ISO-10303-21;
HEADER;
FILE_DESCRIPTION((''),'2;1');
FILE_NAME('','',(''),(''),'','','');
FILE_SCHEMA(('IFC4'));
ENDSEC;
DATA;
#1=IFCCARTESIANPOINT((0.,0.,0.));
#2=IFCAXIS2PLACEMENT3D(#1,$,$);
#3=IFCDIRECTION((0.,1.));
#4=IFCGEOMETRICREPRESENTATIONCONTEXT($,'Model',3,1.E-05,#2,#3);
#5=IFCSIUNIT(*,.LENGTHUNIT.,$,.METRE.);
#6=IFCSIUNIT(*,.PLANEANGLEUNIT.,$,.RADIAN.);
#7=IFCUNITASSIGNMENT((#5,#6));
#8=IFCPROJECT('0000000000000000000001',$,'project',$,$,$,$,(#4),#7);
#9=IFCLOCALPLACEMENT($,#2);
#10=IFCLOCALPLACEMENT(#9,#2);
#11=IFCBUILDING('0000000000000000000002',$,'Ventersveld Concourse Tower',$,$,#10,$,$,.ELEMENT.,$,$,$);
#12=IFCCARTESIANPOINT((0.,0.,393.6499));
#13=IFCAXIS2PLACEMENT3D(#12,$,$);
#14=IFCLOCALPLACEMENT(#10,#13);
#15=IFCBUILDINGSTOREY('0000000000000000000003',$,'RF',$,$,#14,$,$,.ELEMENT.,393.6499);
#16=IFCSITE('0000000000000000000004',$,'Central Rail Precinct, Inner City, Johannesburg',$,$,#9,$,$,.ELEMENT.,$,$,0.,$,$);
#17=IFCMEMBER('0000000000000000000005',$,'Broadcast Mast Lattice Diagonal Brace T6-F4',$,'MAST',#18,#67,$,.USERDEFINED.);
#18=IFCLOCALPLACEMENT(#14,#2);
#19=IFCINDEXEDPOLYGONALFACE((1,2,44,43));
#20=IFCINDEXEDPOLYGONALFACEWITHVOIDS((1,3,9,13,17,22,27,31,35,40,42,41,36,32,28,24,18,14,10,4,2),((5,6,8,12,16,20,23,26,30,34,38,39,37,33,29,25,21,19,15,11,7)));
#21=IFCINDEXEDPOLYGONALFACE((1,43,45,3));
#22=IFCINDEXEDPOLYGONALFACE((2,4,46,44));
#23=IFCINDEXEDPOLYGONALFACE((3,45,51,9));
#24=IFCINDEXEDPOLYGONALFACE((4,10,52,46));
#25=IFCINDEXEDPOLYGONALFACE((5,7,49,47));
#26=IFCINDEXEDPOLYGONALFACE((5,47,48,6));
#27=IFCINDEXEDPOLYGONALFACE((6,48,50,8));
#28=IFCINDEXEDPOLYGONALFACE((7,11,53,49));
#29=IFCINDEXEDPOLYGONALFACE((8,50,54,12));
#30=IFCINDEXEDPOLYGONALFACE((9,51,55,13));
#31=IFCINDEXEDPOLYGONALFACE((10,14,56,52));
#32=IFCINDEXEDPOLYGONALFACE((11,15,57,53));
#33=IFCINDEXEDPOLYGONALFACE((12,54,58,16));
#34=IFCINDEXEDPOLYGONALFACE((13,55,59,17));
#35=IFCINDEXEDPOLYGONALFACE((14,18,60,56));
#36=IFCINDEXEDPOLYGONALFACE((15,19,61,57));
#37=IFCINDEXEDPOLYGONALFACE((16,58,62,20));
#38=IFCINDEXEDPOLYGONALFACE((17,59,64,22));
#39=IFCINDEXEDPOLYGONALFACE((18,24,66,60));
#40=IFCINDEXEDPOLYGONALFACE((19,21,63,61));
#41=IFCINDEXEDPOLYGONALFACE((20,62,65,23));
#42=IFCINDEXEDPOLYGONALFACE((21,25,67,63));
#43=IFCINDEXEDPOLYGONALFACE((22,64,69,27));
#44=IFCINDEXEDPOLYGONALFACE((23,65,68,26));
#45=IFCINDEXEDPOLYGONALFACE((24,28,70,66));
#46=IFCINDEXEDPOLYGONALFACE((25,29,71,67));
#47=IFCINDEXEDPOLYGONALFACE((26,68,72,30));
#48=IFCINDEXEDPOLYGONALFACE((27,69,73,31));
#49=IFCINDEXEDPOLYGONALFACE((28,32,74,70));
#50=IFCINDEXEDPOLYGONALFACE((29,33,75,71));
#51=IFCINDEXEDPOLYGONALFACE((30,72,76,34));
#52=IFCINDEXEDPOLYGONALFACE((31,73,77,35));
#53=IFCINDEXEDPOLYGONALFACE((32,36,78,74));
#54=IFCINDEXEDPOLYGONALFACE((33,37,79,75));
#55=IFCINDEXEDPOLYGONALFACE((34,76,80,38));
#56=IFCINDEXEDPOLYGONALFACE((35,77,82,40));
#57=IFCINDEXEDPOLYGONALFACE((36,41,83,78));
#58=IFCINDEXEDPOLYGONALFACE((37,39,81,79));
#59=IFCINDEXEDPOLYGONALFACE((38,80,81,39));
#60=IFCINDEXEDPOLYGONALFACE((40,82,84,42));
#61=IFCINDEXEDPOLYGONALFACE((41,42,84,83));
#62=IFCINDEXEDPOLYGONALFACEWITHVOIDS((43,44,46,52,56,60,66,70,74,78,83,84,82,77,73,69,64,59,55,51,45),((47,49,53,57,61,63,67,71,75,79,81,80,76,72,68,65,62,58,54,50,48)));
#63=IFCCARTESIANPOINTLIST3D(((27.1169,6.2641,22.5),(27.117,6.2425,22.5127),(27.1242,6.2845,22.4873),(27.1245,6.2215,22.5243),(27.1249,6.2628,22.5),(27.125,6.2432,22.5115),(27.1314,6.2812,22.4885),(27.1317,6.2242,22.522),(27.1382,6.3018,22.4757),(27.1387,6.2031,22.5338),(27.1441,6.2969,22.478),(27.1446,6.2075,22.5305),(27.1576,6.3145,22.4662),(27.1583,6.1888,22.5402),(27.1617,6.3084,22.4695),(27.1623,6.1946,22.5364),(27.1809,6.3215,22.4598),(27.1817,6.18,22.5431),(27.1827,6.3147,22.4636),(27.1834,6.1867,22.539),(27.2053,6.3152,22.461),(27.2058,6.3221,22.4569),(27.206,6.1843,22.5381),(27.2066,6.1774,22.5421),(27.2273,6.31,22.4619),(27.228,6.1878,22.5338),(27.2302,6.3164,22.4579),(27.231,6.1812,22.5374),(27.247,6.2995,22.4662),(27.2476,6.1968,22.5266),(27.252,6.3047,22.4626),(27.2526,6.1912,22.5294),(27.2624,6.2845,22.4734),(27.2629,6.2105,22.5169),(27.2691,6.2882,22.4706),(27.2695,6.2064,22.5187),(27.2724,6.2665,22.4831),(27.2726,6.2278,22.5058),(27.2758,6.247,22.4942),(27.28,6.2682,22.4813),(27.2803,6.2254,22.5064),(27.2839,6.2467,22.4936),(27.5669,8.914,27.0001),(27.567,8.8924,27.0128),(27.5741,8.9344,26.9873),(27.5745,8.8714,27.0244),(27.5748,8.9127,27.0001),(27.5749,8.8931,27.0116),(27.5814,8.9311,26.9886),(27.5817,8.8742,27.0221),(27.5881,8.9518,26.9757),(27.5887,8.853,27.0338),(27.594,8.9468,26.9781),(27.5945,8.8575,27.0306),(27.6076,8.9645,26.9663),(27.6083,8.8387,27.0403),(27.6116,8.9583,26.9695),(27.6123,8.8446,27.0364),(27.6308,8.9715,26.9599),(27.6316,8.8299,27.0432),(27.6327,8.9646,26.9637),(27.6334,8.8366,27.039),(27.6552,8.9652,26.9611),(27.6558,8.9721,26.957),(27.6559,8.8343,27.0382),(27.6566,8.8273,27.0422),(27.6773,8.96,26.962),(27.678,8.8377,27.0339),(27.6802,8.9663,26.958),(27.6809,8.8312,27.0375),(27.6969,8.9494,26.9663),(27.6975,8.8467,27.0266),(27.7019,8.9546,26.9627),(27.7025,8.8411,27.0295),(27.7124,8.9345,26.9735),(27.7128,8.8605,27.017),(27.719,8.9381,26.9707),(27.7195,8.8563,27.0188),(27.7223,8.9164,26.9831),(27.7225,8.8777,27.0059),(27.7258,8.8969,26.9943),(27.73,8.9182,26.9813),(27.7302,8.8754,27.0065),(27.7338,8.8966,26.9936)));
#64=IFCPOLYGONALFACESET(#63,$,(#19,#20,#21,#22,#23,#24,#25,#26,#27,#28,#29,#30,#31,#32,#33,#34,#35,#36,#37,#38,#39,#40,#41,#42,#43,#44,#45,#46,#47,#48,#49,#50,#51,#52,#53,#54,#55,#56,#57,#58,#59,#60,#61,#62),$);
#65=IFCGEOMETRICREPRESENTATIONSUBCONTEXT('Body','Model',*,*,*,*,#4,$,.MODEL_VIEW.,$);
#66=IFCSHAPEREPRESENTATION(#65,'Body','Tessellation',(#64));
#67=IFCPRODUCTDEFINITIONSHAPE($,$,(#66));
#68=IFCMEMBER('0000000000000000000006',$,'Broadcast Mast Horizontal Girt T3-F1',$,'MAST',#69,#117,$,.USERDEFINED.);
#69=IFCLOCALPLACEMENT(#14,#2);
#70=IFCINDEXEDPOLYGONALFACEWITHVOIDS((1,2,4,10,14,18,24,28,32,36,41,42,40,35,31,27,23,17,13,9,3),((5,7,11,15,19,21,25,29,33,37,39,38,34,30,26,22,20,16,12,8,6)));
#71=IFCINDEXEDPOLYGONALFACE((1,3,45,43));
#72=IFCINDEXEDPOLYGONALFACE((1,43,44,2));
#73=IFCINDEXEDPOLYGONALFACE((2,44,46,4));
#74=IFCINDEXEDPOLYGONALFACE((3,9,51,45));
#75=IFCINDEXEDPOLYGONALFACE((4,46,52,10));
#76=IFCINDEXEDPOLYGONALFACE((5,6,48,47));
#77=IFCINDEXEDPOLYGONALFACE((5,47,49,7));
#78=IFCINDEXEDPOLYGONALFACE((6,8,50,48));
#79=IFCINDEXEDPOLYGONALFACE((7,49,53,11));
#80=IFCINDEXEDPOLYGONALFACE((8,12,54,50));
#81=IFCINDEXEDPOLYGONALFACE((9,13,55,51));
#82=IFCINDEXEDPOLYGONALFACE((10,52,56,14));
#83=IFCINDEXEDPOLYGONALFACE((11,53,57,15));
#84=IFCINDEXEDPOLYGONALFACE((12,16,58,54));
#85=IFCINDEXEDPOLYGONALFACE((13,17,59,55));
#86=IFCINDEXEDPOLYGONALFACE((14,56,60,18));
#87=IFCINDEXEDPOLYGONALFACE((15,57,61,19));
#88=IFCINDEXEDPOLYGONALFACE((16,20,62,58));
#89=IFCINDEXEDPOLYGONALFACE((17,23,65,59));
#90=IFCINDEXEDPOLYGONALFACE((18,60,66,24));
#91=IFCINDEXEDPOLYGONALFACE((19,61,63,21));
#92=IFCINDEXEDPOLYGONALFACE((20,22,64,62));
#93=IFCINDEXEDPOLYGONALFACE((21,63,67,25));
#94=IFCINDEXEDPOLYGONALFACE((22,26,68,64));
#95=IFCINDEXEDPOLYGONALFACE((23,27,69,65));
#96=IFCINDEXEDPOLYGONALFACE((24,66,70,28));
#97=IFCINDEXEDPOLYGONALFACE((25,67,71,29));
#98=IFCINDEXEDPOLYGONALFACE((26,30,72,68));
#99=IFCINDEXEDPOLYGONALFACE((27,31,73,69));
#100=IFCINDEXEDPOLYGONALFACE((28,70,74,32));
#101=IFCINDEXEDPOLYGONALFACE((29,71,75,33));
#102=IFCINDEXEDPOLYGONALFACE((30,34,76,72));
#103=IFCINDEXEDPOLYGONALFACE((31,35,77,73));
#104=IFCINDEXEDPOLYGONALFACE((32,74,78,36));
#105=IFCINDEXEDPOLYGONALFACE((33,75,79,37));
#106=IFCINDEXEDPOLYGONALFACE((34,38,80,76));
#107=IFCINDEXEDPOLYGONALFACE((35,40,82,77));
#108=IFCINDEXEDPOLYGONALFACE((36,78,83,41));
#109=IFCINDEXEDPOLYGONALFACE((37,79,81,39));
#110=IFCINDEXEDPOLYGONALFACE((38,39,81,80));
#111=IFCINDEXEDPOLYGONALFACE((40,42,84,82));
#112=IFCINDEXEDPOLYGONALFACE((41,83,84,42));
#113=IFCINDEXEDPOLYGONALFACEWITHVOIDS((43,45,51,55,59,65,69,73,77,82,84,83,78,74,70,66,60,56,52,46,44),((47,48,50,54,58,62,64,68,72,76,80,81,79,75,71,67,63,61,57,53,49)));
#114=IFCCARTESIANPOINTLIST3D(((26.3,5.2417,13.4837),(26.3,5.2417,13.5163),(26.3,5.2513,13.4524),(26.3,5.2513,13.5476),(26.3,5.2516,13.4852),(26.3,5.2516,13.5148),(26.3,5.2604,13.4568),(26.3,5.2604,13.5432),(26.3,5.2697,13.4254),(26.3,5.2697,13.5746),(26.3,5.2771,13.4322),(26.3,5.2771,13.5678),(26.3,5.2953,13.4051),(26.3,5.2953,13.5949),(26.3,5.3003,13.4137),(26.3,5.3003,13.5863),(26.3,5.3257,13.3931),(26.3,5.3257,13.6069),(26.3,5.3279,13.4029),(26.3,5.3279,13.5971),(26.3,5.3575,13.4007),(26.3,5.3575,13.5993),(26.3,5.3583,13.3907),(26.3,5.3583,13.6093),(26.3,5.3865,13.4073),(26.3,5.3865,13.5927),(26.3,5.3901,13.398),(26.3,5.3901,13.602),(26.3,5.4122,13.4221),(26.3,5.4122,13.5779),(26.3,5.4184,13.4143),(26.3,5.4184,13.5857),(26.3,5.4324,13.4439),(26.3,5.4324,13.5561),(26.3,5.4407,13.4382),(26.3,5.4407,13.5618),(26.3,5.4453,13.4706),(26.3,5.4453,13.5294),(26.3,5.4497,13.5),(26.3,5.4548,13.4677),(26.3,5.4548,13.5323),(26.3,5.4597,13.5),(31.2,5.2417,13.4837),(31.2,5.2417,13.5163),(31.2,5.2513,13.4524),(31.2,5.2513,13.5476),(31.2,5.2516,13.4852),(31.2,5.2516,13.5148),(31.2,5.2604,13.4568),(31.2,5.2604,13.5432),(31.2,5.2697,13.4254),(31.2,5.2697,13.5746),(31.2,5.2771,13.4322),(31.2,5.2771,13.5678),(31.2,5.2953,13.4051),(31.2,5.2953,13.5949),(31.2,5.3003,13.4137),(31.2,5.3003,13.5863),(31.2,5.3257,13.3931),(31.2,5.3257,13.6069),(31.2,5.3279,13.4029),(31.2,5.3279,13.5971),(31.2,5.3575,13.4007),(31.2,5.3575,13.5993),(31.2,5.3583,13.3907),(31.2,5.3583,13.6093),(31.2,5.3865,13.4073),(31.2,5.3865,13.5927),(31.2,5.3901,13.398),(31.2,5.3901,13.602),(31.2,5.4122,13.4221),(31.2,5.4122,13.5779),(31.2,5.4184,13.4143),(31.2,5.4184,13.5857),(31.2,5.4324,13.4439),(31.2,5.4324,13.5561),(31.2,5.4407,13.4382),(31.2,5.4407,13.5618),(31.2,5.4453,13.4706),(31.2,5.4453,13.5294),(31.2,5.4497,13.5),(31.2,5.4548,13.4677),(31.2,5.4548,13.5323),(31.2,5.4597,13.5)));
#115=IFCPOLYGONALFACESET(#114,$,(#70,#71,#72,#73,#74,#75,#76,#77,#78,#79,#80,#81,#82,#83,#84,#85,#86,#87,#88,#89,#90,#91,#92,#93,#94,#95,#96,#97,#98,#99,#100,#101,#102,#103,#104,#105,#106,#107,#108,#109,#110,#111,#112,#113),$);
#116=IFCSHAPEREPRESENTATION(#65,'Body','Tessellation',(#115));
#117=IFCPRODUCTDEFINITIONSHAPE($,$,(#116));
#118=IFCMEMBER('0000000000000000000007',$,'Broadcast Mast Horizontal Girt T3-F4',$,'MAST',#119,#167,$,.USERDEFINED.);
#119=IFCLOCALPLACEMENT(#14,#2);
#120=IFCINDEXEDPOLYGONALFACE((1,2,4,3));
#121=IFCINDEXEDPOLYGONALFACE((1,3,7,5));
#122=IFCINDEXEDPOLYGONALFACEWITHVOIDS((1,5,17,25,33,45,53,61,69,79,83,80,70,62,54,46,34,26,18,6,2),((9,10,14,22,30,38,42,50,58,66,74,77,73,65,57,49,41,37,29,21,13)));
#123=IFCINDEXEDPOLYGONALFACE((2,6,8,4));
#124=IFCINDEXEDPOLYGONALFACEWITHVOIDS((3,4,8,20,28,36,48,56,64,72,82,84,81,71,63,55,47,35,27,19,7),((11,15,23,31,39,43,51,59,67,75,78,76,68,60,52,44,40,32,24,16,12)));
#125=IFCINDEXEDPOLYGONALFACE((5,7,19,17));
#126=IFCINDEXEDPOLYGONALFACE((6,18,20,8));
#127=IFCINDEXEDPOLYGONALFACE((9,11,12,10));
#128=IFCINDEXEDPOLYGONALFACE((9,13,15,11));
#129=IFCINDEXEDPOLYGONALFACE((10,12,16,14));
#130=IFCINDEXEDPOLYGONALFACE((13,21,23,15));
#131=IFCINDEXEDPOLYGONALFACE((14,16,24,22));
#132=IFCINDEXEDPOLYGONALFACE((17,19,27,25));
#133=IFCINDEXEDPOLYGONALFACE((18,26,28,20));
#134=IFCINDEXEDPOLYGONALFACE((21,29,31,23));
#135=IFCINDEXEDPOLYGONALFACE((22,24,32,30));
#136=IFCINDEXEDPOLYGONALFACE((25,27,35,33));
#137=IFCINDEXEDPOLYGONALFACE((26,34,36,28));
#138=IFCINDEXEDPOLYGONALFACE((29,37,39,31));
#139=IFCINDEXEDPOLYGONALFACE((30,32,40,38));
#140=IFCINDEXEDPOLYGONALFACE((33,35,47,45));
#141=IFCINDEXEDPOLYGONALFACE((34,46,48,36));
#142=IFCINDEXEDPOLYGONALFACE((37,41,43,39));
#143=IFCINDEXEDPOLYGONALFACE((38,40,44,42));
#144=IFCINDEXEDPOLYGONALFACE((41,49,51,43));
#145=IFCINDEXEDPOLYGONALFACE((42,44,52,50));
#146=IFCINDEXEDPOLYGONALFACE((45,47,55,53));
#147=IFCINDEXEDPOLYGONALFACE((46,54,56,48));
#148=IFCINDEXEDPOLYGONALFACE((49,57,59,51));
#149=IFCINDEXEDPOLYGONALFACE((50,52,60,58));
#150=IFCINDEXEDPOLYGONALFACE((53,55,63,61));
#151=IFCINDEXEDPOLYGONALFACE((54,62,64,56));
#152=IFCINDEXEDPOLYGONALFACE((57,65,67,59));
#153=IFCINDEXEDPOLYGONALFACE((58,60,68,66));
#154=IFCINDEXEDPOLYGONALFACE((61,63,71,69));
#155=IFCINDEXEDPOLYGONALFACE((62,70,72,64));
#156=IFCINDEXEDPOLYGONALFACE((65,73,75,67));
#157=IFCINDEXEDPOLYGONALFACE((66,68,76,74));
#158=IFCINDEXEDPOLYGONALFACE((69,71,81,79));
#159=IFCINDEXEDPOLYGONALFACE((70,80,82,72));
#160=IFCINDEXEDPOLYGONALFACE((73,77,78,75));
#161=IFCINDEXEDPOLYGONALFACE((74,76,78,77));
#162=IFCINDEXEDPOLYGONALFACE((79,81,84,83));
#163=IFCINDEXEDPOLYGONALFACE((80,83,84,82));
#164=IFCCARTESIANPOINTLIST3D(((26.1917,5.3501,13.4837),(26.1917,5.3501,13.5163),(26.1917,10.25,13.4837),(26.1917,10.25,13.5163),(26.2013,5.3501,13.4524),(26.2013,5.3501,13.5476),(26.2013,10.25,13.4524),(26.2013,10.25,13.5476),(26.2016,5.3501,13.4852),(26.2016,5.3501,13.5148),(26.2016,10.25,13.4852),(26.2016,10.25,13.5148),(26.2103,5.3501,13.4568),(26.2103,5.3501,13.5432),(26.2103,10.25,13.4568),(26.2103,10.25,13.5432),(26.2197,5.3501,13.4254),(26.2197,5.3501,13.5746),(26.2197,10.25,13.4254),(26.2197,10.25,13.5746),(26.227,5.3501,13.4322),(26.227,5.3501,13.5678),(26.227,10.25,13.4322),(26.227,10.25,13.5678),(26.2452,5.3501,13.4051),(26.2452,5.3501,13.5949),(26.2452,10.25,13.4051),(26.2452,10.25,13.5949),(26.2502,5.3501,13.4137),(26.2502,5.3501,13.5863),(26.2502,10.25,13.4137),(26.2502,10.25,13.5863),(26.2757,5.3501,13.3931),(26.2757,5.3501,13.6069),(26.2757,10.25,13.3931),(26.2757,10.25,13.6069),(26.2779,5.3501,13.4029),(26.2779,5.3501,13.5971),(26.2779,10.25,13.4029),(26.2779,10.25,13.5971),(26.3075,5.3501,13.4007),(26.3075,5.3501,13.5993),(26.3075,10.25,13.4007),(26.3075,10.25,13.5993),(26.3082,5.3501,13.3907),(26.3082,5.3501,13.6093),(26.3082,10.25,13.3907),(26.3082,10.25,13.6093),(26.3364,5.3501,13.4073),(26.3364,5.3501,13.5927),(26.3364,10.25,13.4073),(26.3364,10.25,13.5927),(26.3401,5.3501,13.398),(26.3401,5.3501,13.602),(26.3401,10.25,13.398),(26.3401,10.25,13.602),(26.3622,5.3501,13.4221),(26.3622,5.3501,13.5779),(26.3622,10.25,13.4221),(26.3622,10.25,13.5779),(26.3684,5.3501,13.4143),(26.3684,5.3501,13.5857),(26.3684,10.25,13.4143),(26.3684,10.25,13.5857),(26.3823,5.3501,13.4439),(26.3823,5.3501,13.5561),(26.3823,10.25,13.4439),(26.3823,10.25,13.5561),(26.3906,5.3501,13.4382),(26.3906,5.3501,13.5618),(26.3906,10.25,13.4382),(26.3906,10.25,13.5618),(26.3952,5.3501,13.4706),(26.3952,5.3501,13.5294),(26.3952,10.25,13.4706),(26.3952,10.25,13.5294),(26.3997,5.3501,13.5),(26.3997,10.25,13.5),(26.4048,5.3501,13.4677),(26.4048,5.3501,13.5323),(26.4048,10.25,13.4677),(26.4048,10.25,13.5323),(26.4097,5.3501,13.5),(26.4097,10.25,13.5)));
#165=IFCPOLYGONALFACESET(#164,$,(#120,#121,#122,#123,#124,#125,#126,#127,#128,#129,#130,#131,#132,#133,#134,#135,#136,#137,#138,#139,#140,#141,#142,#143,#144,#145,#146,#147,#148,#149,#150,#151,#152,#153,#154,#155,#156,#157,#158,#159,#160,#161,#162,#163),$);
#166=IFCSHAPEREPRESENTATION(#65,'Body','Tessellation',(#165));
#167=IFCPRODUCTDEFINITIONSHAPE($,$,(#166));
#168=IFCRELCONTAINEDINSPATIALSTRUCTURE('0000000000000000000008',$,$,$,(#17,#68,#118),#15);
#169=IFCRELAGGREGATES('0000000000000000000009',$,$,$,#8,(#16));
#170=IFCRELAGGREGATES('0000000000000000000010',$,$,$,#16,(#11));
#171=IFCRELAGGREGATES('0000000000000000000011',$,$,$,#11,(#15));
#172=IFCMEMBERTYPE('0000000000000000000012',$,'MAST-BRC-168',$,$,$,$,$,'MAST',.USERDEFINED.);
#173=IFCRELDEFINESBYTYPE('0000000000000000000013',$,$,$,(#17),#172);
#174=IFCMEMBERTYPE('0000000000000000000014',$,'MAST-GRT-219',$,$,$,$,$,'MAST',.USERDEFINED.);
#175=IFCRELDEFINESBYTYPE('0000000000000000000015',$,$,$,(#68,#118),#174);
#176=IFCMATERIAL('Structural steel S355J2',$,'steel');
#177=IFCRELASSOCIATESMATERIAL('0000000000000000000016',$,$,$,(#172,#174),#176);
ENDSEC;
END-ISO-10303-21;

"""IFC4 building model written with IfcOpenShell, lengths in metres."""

from ifc_helpers import new_model, si_unit, direction, frame, origin, origin_2d, place, context, subcontext, project, spatial, hollow_circle, extrude, material, material_profile, profile_set, type_object, element, save


model = new_model("IFC4")

# Units and contexts
model_context = context("Model", 3, precision=1e-05, world=origin(), true_north=direction((0.0, 1.0)))
body_context = subcontext(model_context, "Body", "Model", "MODEL_VIEW")
ifc_project = project(units=[si_unit("LENGTHUNIT", "METRE"), si_unit("PLANEANGLEUNIT", "RADIAN")], contexts=[model_context])

# Site, building, storey
site_placement = place(None, origin())
site = spatial("IfcSite", under=ifc_project, at=site_placement, Name="Central Rail Precinct, Inner City, Johannesburg", CompositionType="ELEMENT", RefElevation=0.0)
building_placement = place(site_placement, origin())
building = spatial("IfcBuilding", under=site, at=building_placement, Name="Ventersveld Concourse Tower", CompositionType="ELEMENT")
storey_placement = place(building_placement, frame((0.0, 0.0, 393.6499)))
storey = spatial("IfcBuildingStorey", under=building, at=storey_placement, Name="RF", CompositionType="ELEMENT", Elevation=393.6499)

# Members
ifc_material = material(Name="Structural steel S355J2", Category="steel")
ifc_material_profile_1 = material_profile(ifc_material, hollow_circle(Radius=0.0842, WallThickness=0.0081, at=origin_2d()), Name="CHS 168.3x8")
ifc_profile_set_1 = profile_set([ifc_material_profile_1], Name="Structural steel S355J2")
member_type_1 = type_object("IfcMemberType", Name="MAST-BRC-168", ElementType="MAST", PredefinedType="USERDEFINED", material=ifc_profile_set_1)
for number, where, z_axis, x_axis, name in (
    (1, (27.2, 6.25, 22.5), (0.085842, 0.505552, 0.858515), (-0.985889, 0.167403, 0.0), "Broadcast Mast Lattice Diagonal Brace T6-F4"),
):
    element("IfcMember", number, at=place(storey_placement, frame(where, z_axis=z_axis, x_axis=x_axis)), inside=storey, type_object=member_type_1, Name=name, ObjectType="MAST", PredefinedType="USERDEFINED", context=body_context, shape_type="SweptSolid", body=[
        extrude(hollow_circle(Radius=0.0842, WallThickness=0.0081, at=origin_2d()), origin(), (0.0, 0.0, 1.0), 5.2417),
    ])
ifc_material_profile_2 = material_profile(ifc_material, hollow_circle(Radius=0.1096, WallThickness=0.01, at=origin_2d()), Name="CHS 219.1x10")
ifc_profile_set_2 = profile_set([ifc_material_profile_2], Name="Structural steel S355J2")
member_type_2 = type_object("IfcMemberType", Name="MAST-GRT-219", ElementType="MAST", PredefinedType="USERDEFINED", material=ifc_profile_set_2)
for number, where, z_axis, x_axis, name in (
    (2, (26.3, 5.3501, 13.5), (1.0, 0.0, 0.0), (0.0, 1.0, 0.0), "Broadcast Mast Horizontal Girt T3-F1"),
    (3, (26.3, 10.25, 13.5), (0.0, -1.0, 0.0), (1.0, 0.0, 0.0), "Broadcast Mast Horizontal Girt T3-F4"),
):
    element("IfcMember", number, at=place(storey_placement, frame(where, z_axis=z_axis, x_axis=x_axis)), inside=storey, type_object=member_type_2, Name=name, ObjectType="MAST", PredefinedType="USERDEFINED", context=body_context, shape_type="SweptSolid", body=[
        extrude(hollow_circle(Radius=0.1096, WallThickness=0.01, at=origin_2d()), origin(), (0.0, 0.0, 1.0), 4.8999),
    ])

save(model, "model.ifc")
